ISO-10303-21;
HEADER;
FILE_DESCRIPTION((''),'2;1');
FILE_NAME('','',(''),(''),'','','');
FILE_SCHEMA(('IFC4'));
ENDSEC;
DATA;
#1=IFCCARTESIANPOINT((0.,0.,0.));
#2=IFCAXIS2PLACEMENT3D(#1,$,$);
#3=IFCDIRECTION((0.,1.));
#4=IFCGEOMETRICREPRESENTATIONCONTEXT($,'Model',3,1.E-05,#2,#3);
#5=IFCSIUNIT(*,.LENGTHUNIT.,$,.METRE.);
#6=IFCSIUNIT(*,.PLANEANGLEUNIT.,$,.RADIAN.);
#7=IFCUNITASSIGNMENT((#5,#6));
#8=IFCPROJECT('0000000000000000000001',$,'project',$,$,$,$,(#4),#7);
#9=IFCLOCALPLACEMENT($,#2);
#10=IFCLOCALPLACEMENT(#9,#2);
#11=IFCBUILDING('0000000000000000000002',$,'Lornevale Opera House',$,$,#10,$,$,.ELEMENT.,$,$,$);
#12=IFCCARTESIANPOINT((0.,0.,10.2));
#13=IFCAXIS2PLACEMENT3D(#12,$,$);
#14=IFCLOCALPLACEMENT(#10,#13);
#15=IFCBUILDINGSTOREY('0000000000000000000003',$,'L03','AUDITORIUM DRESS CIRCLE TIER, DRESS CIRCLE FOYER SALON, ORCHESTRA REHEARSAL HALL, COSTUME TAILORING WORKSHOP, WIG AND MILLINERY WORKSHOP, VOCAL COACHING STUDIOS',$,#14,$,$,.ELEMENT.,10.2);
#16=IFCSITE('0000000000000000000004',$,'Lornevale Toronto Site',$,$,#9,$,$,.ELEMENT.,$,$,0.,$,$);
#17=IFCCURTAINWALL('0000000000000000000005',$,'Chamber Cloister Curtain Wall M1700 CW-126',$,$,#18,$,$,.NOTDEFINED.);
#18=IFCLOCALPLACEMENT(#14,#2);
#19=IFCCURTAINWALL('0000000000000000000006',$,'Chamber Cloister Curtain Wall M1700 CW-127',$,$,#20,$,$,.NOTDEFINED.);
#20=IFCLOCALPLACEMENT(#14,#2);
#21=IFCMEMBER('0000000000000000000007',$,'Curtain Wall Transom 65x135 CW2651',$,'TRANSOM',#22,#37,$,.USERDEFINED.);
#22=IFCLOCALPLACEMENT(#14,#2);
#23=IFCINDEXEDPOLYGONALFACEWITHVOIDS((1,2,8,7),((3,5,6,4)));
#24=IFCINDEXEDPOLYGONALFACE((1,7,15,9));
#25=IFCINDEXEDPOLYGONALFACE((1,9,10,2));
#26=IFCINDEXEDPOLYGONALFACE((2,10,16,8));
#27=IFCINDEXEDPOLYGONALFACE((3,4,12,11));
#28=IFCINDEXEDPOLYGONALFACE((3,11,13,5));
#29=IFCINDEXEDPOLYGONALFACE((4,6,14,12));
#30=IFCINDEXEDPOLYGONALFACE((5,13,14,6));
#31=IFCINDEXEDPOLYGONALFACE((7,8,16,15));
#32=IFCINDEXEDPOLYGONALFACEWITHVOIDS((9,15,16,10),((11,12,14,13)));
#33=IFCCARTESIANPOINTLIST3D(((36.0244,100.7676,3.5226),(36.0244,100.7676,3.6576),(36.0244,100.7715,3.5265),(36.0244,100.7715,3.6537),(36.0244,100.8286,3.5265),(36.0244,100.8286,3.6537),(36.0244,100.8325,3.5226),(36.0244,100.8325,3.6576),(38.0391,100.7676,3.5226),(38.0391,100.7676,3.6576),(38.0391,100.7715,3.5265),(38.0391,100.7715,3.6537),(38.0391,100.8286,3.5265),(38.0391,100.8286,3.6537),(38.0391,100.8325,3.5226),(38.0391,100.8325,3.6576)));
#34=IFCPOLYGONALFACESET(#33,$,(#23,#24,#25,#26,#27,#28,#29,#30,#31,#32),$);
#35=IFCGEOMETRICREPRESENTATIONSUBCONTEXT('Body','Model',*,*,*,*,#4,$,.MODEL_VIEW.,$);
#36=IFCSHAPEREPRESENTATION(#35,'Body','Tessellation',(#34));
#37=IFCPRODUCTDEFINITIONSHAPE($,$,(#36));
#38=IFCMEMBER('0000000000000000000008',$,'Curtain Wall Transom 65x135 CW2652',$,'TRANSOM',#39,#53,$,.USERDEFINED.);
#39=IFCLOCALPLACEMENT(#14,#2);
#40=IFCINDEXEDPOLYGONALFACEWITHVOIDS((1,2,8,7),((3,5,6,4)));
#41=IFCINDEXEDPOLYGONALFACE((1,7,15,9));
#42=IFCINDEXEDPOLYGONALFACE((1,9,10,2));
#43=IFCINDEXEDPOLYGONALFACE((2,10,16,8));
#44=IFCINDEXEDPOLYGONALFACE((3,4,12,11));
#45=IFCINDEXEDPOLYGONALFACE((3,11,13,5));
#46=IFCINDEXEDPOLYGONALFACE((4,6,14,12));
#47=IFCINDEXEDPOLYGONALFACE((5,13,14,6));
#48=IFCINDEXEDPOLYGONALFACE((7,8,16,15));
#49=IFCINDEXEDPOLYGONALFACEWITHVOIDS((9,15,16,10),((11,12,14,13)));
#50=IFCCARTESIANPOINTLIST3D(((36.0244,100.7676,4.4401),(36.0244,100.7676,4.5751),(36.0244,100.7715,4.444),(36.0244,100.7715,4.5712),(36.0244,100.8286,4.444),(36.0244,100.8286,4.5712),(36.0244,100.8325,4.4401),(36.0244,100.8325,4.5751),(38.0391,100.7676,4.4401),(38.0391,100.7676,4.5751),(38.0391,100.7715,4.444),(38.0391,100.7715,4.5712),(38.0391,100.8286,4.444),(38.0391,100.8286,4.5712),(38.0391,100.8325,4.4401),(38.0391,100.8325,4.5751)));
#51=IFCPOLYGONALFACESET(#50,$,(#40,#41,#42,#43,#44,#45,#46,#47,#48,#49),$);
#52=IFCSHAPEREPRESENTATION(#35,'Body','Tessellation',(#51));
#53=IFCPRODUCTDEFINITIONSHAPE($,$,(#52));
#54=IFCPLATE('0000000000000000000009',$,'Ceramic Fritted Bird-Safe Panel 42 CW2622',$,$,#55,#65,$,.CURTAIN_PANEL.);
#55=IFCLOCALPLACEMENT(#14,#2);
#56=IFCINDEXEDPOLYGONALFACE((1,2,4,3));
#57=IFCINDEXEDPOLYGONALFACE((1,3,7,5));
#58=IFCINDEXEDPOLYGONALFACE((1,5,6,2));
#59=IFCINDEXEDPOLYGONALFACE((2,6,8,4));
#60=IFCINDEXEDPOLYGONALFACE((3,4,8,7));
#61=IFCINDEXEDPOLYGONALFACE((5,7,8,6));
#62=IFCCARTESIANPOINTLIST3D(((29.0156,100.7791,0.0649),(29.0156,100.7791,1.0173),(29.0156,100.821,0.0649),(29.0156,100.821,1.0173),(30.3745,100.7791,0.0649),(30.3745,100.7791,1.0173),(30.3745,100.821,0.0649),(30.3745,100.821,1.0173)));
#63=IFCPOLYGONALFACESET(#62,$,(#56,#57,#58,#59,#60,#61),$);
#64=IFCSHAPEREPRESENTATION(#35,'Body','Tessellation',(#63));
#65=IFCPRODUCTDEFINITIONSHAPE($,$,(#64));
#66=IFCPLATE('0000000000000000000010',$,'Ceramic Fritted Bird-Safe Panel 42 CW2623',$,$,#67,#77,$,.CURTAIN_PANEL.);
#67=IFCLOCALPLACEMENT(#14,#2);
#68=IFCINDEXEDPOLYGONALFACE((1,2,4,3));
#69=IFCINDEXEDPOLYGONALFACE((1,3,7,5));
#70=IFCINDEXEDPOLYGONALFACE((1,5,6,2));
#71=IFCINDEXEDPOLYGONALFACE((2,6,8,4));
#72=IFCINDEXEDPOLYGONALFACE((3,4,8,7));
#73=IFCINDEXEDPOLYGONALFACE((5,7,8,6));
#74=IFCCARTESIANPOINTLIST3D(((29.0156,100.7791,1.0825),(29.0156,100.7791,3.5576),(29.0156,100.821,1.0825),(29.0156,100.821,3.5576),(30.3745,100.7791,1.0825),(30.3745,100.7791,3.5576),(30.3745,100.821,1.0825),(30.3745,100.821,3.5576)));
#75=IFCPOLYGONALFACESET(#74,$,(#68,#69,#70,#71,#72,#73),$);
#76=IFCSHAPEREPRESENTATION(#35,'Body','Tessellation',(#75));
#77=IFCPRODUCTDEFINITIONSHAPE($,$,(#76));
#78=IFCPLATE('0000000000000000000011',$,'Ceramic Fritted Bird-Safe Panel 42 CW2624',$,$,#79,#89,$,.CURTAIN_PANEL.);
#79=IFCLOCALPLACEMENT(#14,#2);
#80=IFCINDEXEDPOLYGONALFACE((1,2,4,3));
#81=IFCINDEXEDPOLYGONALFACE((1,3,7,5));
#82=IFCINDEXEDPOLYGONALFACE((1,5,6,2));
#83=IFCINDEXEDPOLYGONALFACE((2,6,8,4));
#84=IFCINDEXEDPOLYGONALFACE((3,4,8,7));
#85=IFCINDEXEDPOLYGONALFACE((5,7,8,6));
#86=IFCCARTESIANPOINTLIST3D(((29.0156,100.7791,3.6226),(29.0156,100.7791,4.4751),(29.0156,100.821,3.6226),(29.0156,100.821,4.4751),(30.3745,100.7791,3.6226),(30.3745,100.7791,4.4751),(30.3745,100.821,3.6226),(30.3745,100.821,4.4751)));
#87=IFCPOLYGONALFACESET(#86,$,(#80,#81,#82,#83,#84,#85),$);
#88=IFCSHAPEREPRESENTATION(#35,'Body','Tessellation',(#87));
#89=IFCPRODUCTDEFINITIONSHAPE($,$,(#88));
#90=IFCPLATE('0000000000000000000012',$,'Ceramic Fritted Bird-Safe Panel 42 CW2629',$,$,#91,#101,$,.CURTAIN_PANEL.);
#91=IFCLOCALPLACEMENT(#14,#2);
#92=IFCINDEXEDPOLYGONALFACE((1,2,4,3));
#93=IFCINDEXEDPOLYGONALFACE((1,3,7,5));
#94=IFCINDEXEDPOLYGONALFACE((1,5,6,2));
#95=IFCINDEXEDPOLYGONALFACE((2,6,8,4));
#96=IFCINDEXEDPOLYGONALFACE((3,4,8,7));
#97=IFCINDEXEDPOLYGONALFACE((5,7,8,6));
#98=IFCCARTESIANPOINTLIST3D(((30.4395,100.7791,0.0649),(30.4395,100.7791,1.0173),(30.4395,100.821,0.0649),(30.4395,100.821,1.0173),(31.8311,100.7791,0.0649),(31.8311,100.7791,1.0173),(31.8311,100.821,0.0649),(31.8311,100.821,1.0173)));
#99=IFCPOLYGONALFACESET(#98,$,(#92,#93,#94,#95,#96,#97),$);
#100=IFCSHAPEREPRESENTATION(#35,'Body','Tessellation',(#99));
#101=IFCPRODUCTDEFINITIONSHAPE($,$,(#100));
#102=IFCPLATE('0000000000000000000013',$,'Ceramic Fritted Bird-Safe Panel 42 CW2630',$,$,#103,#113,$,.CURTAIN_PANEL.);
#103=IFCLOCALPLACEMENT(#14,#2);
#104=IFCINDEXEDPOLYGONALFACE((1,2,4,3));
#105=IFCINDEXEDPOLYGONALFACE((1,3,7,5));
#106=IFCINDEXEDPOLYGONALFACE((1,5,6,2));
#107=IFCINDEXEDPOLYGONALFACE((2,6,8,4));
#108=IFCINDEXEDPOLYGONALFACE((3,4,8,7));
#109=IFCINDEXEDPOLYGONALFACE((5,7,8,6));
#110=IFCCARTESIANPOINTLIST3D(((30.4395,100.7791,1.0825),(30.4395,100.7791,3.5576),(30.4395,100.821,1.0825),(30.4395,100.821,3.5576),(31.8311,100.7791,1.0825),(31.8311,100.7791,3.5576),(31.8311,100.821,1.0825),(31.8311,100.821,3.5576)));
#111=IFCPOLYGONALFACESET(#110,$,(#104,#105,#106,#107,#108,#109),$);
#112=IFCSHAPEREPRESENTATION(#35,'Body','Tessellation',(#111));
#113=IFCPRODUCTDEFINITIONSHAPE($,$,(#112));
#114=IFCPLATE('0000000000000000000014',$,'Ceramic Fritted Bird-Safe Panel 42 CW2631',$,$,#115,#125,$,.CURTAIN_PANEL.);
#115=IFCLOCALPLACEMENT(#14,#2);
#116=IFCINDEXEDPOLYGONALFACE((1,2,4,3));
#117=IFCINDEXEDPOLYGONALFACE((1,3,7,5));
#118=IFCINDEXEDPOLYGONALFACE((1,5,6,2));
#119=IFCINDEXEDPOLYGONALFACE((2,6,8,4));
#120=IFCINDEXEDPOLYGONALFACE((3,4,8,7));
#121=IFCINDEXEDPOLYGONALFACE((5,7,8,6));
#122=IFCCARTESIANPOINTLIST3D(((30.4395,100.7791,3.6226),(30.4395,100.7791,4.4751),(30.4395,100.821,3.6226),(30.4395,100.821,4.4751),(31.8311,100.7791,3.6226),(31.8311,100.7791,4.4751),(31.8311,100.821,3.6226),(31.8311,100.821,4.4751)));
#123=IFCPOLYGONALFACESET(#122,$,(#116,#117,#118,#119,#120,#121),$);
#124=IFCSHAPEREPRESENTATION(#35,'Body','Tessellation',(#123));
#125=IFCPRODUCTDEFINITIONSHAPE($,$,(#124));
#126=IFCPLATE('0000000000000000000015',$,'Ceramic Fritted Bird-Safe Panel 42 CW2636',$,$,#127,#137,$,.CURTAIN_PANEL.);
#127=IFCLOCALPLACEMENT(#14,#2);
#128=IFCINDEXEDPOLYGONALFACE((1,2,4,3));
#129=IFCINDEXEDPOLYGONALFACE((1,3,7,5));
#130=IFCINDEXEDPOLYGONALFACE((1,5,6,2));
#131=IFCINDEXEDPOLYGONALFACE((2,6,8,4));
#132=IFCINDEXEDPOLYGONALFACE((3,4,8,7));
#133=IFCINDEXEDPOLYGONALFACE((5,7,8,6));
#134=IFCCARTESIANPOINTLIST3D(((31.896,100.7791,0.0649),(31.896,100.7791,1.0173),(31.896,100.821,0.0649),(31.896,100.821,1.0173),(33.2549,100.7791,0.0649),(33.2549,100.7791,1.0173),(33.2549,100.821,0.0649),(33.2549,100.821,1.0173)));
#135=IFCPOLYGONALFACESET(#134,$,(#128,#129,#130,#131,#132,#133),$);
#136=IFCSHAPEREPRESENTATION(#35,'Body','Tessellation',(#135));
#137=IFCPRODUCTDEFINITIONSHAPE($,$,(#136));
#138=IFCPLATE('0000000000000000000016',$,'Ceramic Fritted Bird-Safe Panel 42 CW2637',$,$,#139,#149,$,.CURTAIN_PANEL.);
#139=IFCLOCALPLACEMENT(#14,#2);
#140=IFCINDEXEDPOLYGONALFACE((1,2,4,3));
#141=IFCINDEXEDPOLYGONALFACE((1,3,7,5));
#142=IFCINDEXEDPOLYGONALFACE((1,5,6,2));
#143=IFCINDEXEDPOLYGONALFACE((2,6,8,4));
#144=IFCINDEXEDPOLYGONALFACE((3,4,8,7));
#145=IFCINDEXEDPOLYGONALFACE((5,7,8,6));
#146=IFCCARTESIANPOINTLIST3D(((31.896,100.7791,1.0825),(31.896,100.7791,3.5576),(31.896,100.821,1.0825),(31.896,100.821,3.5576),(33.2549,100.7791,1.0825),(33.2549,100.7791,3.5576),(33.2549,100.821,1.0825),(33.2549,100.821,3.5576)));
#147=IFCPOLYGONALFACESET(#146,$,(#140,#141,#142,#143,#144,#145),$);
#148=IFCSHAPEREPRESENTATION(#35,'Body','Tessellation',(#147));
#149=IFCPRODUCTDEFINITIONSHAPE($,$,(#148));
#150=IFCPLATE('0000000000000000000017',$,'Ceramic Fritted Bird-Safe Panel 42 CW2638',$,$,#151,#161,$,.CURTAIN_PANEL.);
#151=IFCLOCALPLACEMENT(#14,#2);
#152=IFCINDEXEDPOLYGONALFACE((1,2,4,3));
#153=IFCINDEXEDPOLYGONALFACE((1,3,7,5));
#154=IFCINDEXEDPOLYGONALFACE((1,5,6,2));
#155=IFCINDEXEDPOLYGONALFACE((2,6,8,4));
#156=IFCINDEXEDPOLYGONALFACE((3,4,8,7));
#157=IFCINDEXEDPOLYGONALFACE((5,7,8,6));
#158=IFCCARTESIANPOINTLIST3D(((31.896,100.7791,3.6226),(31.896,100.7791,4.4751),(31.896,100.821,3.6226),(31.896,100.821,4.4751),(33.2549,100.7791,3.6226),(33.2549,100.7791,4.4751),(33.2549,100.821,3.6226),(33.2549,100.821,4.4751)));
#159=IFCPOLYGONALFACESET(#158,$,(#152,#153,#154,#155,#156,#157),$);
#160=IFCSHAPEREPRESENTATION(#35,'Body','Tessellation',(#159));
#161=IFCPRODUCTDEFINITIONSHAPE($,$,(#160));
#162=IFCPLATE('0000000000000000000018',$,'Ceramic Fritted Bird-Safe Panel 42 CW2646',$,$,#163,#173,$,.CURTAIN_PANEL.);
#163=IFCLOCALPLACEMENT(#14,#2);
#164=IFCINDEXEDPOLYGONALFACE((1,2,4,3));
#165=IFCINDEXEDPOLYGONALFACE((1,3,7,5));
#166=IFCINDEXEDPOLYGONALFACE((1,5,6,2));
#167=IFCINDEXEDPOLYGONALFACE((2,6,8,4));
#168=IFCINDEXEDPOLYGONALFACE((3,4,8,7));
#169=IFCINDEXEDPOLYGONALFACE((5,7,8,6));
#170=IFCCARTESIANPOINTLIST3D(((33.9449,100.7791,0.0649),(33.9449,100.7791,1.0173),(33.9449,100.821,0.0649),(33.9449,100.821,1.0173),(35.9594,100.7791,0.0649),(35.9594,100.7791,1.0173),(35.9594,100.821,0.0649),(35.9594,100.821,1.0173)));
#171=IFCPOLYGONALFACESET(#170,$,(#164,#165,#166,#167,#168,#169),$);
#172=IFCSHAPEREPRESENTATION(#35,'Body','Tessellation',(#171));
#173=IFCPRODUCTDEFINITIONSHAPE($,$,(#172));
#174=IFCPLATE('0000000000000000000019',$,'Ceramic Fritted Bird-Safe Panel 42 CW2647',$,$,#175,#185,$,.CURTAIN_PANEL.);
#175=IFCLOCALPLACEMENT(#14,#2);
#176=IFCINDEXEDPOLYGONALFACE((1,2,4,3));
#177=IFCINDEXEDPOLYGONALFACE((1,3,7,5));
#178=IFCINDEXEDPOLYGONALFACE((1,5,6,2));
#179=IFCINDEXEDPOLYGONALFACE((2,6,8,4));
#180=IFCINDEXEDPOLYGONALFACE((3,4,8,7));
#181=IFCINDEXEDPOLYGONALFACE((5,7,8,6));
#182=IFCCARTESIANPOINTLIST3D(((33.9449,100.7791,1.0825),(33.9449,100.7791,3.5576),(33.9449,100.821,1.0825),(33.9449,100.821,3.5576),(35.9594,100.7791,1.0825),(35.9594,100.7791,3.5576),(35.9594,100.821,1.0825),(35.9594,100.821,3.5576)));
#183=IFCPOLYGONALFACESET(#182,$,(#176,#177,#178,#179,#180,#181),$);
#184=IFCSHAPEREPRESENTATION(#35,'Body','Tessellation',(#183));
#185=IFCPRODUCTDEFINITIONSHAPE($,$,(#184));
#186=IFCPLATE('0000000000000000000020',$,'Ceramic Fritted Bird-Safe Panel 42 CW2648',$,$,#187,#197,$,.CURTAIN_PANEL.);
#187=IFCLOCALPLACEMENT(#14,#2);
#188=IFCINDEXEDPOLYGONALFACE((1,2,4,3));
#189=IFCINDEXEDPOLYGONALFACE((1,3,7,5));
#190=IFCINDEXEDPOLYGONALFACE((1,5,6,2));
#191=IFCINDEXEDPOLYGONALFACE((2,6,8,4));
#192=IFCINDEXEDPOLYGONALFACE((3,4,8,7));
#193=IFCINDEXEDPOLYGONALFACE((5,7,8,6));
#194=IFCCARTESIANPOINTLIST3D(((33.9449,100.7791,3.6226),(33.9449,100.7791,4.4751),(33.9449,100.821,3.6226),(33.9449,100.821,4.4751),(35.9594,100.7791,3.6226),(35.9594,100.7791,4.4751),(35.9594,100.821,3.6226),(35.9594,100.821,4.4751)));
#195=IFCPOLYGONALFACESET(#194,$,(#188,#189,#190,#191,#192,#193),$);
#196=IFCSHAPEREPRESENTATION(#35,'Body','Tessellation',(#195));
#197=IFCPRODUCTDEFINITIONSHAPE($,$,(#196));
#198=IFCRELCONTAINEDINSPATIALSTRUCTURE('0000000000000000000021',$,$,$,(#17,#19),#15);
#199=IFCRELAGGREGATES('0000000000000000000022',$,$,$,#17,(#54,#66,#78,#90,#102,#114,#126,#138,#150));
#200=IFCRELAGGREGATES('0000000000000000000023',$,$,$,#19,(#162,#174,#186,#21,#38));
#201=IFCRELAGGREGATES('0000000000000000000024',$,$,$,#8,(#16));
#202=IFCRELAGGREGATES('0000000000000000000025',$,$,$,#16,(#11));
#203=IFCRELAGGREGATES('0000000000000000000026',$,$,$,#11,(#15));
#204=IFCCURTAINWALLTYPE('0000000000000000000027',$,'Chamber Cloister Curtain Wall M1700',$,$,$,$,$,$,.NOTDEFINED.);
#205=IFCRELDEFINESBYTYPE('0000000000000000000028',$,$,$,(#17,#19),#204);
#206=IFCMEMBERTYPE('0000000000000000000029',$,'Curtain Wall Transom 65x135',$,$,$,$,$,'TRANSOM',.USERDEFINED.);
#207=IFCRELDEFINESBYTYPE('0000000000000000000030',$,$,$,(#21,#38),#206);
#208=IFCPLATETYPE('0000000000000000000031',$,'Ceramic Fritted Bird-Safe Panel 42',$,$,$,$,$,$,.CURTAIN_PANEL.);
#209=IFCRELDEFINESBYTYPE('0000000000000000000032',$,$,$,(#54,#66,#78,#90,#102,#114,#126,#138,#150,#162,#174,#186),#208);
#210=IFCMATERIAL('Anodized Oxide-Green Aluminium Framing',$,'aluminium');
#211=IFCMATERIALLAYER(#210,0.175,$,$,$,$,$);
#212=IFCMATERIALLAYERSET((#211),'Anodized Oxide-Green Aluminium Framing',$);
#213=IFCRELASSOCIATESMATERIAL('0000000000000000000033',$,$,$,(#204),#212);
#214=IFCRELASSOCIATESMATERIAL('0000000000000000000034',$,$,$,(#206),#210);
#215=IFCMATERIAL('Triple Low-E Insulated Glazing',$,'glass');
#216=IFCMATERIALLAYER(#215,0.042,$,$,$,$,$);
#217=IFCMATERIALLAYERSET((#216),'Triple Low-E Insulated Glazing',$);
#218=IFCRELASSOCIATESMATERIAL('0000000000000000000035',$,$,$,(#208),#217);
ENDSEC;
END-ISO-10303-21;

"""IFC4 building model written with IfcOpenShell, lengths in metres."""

from ifc_helpers import new_model, si_unit, direction, frame, origin, origin_2d, place, context, subcontext, project, spatial, rectangle, hollow_rectangle, extrude, material, layer, layer_set, material_profile, profile_set, type_object, element, aggregate, save


model = new_model("IFC4")

# Units and contexts
model_context = context("Model", 3, precision=1e-05, world=origin(), true_north=direction((0.0, 1.0)))
body_context = subcontext(model_context, "Body", "Model", "MODEL_VIEW")
ifc_project = project(units=[si_unit("LENGTHUNIT", "METRE"), si_unit("PLANEANGLEUNIT", "RADIAN")], contexts=[model_context])

# Site, building, storey
site_placement = place(None, origin())
site = spatial("IfcSite", under=ifc_project, at=site_placement, Name="Lornevale Toronto Site", CompositionType="ELEMENT", RefElevation=0.0)
building_placement = place(site_placement, origin())
building = spatial("IfcBuilding", under=site, at=building_placement, Name="Lornevale Opera House", CompositionType="ELEMENT")
storey_placement = place(building_placement, frame((0.0, 0.0, 10.2)))
storey = spatial("IfcBuildingStorey", under=building, at=storey_placement, Name="L03", Description="AUDITORIUM DRESS CIRCLE TIER, DRESS CIRCLE FOYER SALON, ORCHESTRA REHEARSAL HALL, COSTUME TAILORING WORKSHOP, WIG AND MILLINERY WORKSHOP, VOCAL COACHING STUDIOS", CompositionType="ELEMENT", Elevation=10.2)

# Curtain walls
ifc_material_1 = material(Name="Anodized Oxide-Green Aluminium Framing", Category="aluminium")
ifc_layer_1 = layer(ifc_material_1, 0.175)
ifc_layer_set_1 = layer_set([ifc_layer_1], Name="Anodized Oxide-Green Aluminium Framing")
curtain_wall_type = type_object("IfcCurtainWallType", Name="Chamber Cloister Curtain Wall M1700", PredefinedType="NOTDEFINED", material=ifc_layer_set_1)
curtain_wall_1_placement = place(storey_placement, origin())
curtain_wall_1 = element("IfcCurtainWall", 1, at=curtain_wall_1_placement, inside=storey, type_object=curtain_wall_type, Name="Chamber Cloister Curtain Wall M1700 CW-126", PredefinedType="NOTDEFINED")
curtain_wall_2_placement = place(storey_placement, origin())
curtain_wall_2 = element("IfcCurtainWall", 2, at=curtain_wall_2_placement, inside=storey, type_object=curtain_wall_type, Name="Chamber Cloister Curtain Wall M1700 CW-127", PredefinedType="NOTDEFINED")

# Members
ifc_material_profile_1 = material_profile(ifc_material_1, hollow_rectangle(XDim=0.0649, YDim=0.135, WallThickness=0.0039, at=origin_2d()), Name="ALU65x135x4")
ifc_profile_set_1 = profile_set([ifc_material_profile_1], Name="Anodized Oxide-Green Aluminium Framing")
member_type_1 = type_object("IfcMemberType", Name="Curtain Wall Transom 65x135", ElementType="TRANSOM", PredefinedType="USERDEFINED", material=ifc_profile_set_1)
member_1_placement = place(storey_placement, frame((36.0244, 100.8, 3.5901), z_axis=(1.0, 0.0, 0.0), x_axis=(0.0, 1.0, 0.0)))
member_1 = element("IfcMember", 3, at=member_1_placement, type_object=member_type_1, Name="Curtain Wall Transom 65x135 CW2651", ObjectType="TRANSOM", PredefinedType="USERDEFINED", context=body_context, shape_type="SweptSolid", body=[
    extrude(hollow_rectangle(XDim=0.0649, YDim=0.135, WallThickness=0.0039, at=origin_2d()), origin(), (0.0, 0.0, 1.0), 2.0146),
])
member_2_placement = place(storey_placement, frame((36.0244, 100.8, 4.5076), z_axis=(1.0, 0.0, 0.0), x_axis=(0.0, 1.0, 0.0)))
member_2 = element("IfcMember", 4, at=member_2_placement, type_object=member_type_1, Name="Curtain Wall Transom 65x135 CW2652", ObjectType="TRANSOM", PredefinedType="USERDEFINED", context=body_context, shape_type="SweptSolid", body=[
    extrude(hollow_rectangle(XDim=0.0649, YDim=0.135, WallThickness=0.0039, at=origin_2d()), origin(), (0.0, 0.0, 1.0), 2.0146),
])

# Plates
ifc_material_2 = material(Name="Triple Low-E Insulated Glazing", Category="glass")
ifc_layer_2 = layer(ifc_material_2, 0.042)
ifc_layer_set_2 = layer_set([ifc_layer_2], Name="Triple Low-E Insulated Glazing")
plate_type = type_object("IfcPlateType", Name="Ceramic Fritted Bird-Safe Panel 42", PredefinedType="CURTAIN_PANEL", material=ifc_layer_set_2)
plate_1_placement = place(storey_placement, frame((29.6951, 100.8, 0.0649), z_axis=(0.0, 0.0, 1.0), x_axis=(1.0, 0.0, 0.0)))
plate_1 = element("IfcPlate", 5, at=plate_1_placement, type_object=plate_type, Name="Ceramic Fritted Bird-Safe Panel 42 CW2622", PredefinedType="CURTAIN_PANEL", context=body_context, shape_type="SweptSolid", body=[
    extrude(rectangle(XDim=1.3589, YDim=0.042, at=origin_2d()), origin(), (0.0, 0.0, 1.0), 0.9524),
])
plate_2_placement = place(storey_placement, frame((29.6951, 100.8, 1.0825), z_axis=(0.0, 0.0, 1.0), x_axis=(1.0, 0.0, 0.0)))
plate_2 = element("IfcPlate", 6, at=plate_2_placement, type_object=plate_type, Name="Ceramic Fritted Bird-Safe Panel 42 CW2623", PredefinedType="CURTAIN_PANEL", context=body_context, shape_type="SweptSolid", body=[
    extrude(rectangle(XDim=1.3589, YDim=0.042, at=origin_2d()), origin(), (0.0, 0.0, 1.0), 2.4751),
])
plate_3_placement = place(storey_placement, frame((29.6951, 100.8, 3.6226), z_axis=(0.0, 0.0, 1.0), x_axis=(1.0, 0.0, 0.0)))
plate_3 = element("IfcPlate", 7, at=plate_3_placement, type_object=plate_type, Name="Ceramic Fritted Bird-Safe Panel 42 CW2624", PredefinedType="CURTAIN_PANEL", context=body_context, shape_type="SweptSolid", body=[
    extrude(rectangle(XDim=1.3589, YDim=0.042, at=origin_2d()), origin(), (0.0, 0.0, 1.0), 0.8525),
])
plate_4_placement = place(storey_placement, frame((31.1353, 100.8, 0.0649), z_axis=(0.0, 0.0, 1.0), x_axis=(1.0, 0.0, 0.0)))
plate_4 = element("IfcPlate", 8, at=plate_4_placement, type_object=plate_type, Name="Ceramic Fritted Bird-Safe Panel 42 CW2629", PredefinedType="CURTAIN_PANEL", context=body_context, shape_type="SweptSolid", body=[
    extrude(rectangle(XDim=1.3916, YDim=0.042, at=origin_2d()), origin(), (0.0, 0.0, 1.0), 0.9524),
])
plate_5_placement = place(storey_placement, frame((31.1353, 100.8, 1.0825), z_axis=(0.0, 0.0, 1.0), x_axis=(1.0, 0.0, 0.0)))
plate_5 = element("IfcPlate", 9, at=plate_5_placement, type_object=plate_type, Name="Ceramic Fritted Bird-Safe Panel 42 CW2630", PredefinedType="CURTAIN_PANEL", context=body_context, shape_type="SweptSolid", body=[
    extrude(rectangle(XDim=1.3916, YDim=0.042, at=origin_2d()), origin(), (0.0, 0.0, 1.0), 2.4751),
])
plate_6_placement = place(storey_placement, frame((31.1353, 100.8, 3.6226), z_axis=(0.0, 0.0, 1.0), x_axis=(1.0, 0.0, 0.0)))
plate_6 = element("IfcPlate", 10, at=plate_6_placement, type_object=plate_type, Name="Ceramic Fritted Bird-Safe Panel 42 CW2631", PredefinedType="CURTAIN_PANEL", context=body_context, shape_type="SweptSolid", body=[
    extrude(rectangle(XDim=1.3916, YDim=0.042, at=origin_2d()), origin(), (0.0, 0.0, 1.0), 0.8525),
])
plate_7_placement = place(storey_placement, frame((32.5754, 100.8, 0.0649), z_axis=(0.0, 0.0, 1.0), x_axis=(1.0, 0.0, 0.0)))
plate_7 = element("IfcPlate", 11, at=plate_7_placement, type_object=plate_type, Name="Ceramic Fritted Bird-Safe Panel 42 CW2636", PredefinedType="CURTAIN_PANEL", context=body_context, shape_type="SweptSolid", body=[
    extrude(rectangle(XDim=1.3589, YDim=0.042, at=origin_2d()), origin(), (0.0, 0.0, 1.0), 0.9524),
])
plate_8_placement = place(storey_placement, frame((32.5754, 100.8, 1.0825), z_axis=(0.0, 0.0, 1.0), x_axis=(1.0, 0.0, 0.0)))
plate_8 = element("IfcPlate", 12, at=plate_8_placement, type_object=plate_type, Name="Ceramic Fritted Bird-Safe Panel 42 CW2637", PredefinedType="CURTAIN_PANEL", context=body_context, shape_type="SweptSolid", body=[
    extrude(rectangle(XDim=1.3589, YDim=0.042, at=origin_2d()), origin(), (0.0, 0.0, 1.0), 2.4751),
])
plate_9_placement = place(storey_placement, frame((32.5754, 100.8, 3.6226), z_axis=(0.0, 0.0, 1.0), x_axis=(1.0, 0.0, 0.0)))
plate_9 = element("IfcPlate", 13, at=plate_9_placement, type_object=plate_type, Name="Ceramic Fritted Bird-Safe Panel 42 CW2638", PredefinedType="CURTAIN_PANEL", context=body_context, shape_type="SweptSolid", body=[
    extrude(rectangle(XDim=1.3589, YDim=0.042, at=origin_2d()), origin(), (0.0, 0.0, 1.0), 0.8525),
])
aggregate(curtain_wall_1, [plate_1, plate_2, plate_3, plate_4, plate_5, plate_6, plate_7, plate_8, plate_9])
plate_10_placement = place(storey_placement, frame((34.9521, 100.8, 0.0649), z_axis=(0.0, 0.0, 1.0), x_axis=(1.0, 0.0, 0.0)))
plate_10 = element("IfcPlate", 14, at=plate_10_placement, type_object=plate_type, Name="Ceramic Fritted Bird-Safe Panel 42 CW2646", PredefinedType="CURTAIN_PANEL", context=body_context, shape_type="SweptSolid", body=[
    extrude(rectangle(XDim=2.0144, YDim=0.042, at=origin_2d()), origin(), (0.0, 0.0, 1.0), 0.9524),
])
plate_11_placement = place(storey_placement, frame((34.9521, 100.8, 1.0825), z_axis=(0.0, 0.0, 1.0), x_axis=(1.0, 0.0, 0.0)))
plate_11 = element("IfcPlate", 15, at=plate_11_placement, type_object=plate_type, Name="Ceramic Fritted Bird-Safe Panel 42 CW2647", PredefinedType="CURTAIN_PANEL", context=body_context, shape_type="SweptSolid", body=[
    extrude(rectangle(XDim=2.0144, YDim=0.042, at=origin_2d()), origin(), (0.0, 0.0, 1.0), 2.4751),
])
plate_12_placement = place(storey_placement, frame((34.9521, 100.8, 3.6226), z_axis=(0.0, 0.0, 1.0), x_axis=(1.0, 0.0, 0.0)))
plate_12 = element("IfcPlate", 16, at=plate_12_placement, type_object=plate_type, Name="Ceramic Fritted Bird-Safe Panel 42 CW2648", PredefinedType="CURTAIN_PANEL", context=body_context, shape_type="SweptSolid", body=[
    extrude(rectangle(XDim=2.0144, YDim=0.042, at=origin_2d()), origin(), (0.0, 0.0, 1.0), 0.8525),
])
aggregate(curtain_wall_2, [plate_10, plate_11, plate_12, member_1, member_2])

save(model, "model.ifc")
